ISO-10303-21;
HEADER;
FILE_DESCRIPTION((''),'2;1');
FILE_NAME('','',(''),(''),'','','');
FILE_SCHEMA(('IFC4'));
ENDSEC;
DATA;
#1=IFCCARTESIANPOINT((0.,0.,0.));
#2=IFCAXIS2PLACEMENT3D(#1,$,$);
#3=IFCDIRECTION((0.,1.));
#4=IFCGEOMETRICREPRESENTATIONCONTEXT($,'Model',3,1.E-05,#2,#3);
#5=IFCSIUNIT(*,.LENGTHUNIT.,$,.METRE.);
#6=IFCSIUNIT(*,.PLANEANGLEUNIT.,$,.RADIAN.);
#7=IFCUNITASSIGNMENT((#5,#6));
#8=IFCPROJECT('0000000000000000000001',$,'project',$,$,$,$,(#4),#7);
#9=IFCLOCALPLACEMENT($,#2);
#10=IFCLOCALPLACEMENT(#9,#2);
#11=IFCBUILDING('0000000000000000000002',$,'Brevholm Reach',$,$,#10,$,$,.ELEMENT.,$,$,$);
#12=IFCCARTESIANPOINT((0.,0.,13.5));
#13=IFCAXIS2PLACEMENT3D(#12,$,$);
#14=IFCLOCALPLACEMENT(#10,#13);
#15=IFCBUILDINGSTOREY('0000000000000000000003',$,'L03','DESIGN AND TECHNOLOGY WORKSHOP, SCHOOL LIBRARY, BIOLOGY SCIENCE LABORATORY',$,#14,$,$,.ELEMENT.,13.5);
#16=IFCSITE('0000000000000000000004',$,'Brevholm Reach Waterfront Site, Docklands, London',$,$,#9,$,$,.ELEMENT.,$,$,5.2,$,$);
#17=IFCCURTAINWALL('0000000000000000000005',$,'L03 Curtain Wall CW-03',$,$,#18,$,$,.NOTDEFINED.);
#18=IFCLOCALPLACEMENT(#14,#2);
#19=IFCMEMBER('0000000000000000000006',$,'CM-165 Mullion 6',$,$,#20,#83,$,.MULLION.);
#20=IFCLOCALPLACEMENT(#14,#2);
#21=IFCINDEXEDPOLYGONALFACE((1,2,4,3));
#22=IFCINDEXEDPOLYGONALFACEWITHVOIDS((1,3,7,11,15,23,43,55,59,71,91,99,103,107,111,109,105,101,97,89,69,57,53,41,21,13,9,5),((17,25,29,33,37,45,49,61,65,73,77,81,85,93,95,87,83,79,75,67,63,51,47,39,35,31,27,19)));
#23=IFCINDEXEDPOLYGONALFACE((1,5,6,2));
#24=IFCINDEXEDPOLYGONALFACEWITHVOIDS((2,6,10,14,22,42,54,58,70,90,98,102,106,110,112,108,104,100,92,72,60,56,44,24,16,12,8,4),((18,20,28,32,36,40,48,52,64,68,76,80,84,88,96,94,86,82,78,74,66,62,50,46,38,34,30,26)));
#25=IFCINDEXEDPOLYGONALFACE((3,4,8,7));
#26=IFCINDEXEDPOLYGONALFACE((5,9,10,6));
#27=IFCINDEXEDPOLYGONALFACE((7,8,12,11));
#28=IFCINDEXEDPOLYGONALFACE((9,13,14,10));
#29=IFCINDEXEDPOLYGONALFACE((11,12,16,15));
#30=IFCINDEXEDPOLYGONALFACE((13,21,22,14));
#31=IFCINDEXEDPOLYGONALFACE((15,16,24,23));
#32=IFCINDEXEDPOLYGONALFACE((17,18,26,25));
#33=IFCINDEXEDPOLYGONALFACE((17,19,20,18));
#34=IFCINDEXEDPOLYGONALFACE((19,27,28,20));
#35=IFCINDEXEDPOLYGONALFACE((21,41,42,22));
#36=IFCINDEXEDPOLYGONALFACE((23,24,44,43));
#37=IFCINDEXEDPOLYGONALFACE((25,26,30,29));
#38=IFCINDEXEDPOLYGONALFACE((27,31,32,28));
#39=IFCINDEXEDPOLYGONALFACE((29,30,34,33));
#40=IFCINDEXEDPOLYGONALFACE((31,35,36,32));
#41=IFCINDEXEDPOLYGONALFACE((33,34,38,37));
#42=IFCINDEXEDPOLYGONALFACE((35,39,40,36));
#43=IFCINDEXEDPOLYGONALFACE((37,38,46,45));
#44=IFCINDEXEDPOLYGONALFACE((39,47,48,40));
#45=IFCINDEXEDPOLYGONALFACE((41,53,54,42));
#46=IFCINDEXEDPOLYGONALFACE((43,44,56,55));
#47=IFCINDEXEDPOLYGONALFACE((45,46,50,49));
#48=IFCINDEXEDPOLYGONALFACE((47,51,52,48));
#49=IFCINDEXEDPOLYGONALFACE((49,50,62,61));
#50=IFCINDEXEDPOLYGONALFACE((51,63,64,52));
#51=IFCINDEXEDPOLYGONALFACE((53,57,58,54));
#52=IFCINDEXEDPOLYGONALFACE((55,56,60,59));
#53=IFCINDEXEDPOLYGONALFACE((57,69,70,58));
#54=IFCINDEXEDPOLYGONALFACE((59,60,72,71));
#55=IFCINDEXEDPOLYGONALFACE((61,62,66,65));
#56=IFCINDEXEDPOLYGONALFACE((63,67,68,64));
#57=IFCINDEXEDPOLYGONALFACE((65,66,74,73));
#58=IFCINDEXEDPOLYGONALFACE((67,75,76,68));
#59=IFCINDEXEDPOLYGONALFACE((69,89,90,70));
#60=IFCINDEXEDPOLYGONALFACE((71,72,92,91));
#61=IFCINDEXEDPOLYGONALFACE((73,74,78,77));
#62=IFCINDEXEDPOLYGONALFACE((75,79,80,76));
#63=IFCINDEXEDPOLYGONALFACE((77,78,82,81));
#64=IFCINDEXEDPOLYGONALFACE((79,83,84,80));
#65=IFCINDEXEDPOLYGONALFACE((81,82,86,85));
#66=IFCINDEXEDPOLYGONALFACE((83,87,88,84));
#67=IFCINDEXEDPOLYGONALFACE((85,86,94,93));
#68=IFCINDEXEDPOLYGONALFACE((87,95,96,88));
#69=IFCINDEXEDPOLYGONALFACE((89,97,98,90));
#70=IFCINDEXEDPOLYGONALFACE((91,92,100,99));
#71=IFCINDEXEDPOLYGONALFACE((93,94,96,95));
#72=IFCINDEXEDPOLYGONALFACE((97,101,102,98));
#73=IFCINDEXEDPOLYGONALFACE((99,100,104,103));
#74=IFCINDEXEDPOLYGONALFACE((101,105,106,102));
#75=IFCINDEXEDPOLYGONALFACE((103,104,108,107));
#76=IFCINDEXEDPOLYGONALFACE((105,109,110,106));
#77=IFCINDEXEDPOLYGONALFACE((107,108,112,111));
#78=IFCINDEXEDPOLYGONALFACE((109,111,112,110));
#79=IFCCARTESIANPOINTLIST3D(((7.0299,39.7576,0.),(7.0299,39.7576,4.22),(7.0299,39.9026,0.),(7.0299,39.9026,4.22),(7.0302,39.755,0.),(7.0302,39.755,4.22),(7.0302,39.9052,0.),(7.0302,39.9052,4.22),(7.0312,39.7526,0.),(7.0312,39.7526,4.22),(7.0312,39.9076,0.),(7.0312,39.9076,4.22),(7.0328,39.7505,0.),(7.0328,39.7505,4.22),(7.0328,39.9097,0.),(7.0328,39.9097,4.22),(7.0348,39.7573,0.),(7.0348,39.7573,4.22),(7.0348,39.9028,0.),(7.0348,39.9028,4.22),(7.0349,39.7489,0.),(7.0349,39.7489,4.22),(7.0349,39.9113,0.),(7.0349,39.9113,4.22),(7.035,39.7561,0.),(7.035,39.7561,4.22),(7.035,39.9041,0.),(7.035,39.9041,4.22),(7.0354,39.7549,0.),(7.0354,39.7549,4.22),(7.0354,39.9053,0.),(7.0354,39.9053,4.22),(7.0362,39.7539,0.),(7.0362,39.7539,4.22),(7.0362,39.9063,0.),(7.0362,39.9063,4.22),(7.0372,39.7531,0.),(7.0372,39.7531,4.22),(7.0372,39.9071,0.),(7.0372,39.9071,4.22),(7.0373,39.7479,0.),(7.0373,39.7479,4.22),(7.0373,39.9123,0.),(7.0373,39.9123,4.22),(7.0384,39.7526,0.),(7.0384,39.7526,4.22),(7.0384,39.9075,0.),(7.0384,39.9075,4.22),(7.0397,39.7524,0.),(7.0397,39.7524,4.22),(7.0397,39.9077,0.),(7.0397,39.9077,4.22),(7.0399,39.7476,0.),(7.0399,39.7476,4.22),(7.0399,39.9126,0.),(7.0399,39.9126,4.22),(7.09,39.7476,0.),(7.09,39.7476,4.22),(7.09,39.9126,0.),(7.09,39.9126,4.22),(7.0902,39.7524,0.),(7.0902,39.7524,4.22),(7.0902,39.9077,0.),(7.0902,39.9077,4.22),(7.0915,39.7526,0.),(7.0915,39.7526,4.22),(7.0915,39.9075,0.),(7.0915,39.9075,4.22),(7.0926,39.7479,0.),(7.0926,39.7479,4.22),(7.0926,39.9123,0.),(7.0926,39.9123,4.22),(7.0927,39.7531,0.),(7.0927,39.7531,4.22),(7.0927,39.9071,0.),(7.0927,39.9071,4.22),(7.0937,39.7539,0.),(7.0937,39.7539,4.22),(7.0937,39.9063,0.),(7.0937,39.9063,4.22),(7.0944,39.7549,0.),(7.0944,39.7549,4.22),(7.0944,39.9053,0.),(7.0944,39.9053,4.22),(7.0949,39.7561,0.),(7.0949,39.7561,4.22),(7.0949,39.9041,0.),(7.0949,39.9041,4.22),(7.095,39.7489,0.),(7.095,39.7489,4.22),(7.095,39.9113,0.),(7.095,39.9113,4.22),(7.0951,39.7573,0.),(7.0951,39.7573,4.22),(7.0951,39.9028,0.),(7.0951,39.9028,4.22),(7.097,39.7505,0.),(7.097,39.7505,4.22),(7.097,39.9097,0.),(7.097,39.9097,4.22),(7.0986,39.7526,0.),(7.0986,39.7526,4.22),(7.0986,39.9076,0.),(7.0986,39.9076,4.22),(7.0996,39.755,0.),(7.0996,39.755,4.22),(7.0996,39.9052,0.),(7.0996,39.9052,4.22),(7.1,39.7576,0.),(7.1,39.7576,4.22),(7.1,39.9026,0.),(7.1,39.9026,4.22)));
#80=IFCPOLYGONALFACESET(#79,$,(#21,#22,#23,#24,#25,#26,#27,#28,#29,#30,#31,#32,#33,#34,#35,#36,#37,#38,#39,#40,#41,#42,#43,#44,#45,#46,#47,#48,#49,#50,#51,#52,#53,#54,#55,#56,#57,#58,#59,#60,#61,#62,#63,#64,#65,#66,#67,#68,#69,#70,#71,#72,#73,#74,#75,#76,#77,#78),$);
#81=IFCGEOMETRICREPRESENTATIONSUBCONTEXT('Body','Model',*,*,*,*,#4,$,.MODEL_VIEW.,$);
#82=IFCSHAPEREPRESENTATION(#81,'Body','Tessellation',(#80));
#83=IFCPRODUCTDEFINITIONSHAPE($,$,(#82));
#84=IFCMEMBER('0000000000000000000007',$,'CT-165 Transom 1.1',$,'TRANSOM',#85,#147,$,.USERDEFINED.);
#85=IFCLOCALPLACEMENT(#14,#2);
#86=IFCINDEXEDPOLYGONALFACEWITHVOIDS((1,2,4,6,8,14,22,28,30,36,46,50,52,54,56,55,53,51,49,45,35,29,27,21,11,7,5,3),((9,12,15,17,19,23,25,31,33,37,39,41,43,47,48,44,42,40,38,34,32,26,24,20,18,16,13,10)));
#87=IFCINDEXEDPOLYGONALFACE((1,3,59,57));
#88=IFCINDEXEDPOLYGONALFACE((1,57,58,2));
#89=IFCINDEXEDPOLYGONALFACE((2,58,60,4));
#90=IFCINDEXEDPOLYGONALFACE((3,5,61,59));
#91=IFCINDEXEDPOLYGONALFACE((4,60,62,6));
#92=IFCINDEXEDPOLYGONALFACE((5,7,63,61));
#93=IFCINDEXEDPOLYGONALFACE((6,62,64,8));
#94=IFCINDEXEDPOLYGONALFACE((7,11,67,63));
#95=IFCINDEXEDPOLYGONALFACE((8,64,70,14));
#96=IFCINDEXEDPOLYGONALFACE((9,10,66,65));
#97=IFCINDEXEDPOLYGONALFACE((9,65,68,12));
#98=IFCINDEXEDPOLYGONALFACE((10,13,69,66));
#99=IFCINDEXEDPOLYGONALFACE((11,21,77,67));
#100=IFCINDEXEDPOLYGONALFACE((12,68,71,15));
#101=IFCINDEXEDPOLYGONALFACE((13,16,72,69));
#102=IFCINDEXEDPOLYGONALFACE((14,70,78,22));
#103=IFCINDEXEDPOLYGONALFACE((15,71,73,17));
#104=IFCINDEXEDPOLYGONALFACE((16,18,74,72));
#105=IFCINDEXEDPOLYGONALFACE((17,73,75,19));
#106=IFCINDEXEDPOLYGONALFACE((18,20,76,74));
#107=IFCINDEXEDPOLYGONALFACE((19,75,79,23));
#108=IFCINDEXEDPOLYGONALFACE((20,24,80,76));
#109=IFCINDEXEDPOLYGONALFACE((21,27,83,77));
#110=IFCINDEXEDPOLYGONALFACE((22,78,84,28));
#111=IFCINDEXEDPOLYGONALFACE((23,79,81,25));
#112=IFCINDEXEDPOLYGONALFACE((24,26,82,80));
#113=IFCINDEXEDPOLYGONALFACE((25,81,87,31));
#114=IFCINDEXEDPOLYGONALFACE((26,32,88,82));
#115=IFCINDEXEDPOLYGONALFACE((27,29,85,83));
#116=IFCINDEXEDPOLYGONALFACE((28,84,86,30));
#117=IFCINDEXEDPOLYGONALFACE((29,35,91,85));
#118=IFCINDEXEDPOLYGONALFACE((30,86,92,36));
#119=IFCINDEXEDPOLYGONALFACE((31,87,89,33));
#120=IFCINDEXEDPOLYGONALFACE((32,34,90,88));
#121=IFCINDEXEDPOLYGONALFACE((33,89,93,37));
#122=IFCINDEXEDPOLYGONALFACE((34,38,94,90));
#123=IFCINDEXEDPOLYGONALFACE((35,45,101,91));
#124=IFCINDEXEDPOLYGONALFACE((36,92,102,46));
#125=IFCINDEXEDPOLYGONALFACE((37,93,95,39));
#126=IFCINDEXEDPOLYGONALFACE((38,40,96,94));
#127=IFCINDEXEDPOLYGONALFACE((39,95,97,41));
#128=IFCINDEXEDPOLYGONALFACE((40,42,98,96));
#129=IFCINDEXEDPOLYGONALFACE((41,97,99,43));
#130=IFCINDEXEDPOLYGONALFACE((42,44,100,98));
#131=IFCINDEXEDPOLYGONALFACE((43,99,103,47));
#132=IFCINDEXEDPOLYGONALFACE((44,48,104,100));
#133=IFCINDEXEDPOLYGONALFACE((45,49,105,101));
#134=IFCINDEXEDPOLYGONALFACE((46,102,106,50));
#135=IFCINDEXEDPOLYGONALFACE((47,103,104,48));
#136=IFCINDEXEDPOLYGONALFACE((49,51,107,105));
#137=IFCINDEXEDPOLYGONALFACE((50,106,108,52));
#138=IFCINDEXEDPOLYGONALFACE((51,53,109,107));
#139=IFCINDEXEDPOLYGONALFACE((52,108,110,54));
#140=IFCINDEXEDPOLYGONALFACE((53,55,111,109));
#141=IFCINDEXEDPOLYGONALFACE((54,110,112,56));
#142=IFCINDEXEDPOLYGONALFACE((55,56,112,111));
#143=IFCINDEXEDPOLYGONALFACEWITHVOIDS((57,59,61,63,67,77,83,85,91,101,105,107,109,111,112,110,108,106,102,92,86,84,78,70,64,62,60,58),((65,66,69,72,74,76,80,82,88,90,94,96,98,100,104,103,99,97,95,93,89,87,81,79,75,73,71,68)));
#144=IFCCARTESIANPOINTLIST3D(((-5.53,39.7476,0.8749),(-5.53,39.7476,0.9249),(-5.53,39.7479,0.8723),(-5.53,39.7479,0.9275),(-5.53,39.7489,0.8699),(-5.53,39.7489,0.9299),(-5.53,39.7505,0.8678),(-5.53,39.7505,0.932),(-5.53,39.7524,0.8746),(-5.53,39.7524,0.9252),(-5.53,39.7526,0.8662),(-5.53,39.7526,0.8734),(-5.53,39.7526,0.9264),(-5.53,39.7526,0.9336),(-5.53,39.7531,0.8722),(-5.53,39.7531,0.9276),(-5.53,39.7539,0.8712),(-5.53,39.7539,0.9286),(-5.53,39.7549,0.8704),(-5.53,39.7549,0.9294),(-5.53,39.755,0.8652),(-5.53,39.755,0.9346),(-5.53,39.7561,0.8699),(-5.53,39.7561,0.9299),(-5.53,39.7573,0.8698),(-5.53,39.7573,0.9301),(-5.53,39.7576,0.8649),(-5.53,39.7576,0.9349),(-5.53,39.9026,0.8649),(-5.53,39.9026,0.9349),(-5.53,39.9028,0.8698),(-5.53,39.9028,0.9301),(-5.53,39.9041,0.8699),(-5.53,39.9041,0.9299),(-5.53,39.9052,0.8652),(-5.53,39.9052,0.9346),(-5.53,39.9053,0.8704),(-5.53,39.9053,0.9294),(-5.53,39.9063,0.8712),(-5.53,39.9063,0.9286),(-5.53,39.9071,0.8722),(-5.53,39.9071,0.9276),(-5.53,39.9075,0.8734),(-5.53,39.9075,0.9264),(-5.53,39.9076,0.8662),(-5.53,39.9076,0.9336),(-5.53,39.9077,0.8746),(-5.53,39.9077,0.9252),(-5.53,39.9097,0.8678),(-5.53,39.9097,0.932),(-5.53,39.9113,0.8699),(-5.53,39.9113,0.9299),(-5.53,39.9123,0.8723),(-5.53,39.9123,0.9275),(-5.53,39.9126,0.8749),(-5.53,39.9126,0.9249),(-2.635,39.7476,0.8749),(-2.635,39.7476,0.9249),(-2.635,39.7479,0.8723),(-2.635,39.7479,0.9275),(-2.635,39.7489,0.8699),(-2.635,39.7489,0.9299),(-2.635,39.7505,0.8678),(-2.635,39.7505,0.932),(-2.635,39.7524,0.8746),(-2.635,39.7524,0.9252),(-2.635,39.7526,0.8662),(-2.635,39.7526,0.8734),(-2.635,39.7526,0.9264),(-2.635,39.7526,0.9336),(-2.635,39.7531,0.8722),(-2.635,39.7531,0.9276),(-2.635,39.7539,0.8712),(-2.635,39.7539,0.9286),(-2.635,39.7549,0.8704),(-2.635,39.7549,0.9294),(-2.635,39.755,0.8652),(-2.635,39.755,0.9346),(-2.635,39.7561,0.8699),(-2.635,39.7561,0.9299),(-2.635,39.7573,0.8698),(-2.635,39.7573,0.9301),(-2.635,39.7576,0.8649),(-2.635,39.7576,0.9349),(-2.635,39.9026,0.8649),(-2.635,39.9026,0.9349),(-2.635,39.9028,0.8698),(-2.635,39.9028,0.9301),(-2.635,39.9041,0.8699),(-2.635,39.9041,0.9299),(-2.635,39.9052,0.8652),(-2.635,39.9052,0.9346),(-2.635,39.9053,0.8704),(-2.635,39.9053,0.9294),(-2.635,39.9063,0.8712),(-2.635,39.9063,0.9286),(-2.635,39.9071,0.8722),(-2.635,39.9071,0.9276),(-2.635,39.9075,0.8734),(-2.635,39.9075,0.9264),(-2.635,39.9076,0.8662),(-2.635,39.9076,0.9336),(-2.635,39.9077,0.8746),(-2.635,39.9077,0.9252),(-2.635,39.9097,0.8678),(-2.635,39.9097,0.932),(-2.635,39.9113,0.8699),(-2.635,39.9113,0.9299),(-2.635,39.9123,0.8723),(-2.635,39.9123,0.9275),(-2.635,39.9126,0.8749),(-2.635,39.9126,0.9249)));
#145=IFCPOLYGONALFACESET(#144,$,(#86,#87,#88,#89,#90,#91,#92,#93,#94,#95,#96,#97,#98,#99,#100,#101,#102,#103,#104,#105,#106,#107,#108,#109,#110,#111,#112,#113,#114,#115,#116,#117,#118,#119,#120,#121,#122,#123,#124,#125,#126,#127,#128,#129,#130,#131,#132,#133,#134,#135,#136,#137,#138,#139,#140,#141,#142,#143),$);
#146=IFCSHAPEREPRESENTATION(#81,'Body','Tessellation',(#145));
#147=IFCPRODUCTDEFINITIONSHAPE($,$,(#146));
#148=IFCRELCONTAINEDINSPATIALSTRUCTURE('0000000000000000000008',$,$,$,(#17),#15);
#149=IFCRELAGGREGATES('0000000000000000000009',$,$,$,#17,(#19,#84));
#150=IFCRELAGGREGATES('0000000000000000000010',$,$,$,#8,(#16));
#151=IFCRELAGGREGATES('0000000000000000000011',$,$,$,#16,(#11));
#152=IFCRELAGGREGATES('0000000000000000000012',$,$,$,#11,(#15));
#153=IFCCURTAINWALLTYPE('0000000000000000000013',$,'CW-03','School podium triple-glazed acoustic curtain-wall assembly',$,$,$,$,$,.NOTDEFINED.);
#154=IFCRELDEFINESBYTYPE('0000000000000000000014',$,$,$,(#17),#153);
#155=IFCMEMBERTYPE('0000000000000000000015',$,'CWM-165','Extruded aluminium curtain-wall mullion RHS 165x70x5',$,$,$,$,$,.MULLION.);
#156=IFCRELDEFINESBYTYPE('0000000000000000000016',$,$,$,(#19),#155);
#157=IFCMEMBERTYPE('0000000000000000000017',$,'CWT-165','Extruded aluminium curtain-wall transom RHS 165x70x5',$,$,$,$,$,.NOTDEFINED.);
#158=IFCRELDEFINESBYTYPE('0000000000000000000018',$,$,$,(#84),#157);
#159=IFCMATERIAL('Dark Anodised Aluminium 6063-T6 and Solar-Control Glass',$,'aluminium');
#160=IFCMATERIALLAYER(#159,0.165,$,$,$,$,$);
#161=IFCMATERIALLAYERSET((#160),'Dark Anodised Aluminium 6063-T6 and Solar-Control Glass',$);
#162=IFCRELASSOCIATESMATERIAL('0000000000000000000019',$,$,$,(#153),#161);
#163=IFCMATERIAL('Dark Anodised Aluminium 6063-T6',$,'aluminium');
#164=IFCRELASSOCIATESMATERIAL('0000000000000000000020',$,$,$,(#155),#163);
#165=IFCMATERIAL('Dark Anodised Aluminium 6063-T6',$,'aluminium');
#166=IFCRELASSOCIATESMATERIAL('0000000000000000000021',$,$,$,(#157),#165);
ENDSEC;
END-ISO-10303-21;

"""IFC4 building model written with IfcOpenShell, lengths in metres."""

from ifc_helpers import new_model, si_unit, direction, frame, origin, origin_2d, place, context, subcontext, project, spatial, hollow_rectangle, extrude, material, layer, layer_set, material_profile, profile_set, type_object, element, aggregate, save


model = new_model("IFC4")

# Units and contexts
model_context = context("Model", 3, precision=1e-05, world=origin(), true_north=direction((0.0, 1.0)))
body_context = subcontext(model_context, "Body", "Model", "MODEL_VIEW")
ifc_project = project(units=[si_unit("LENGTHUNIT", "METRE"), si_unit("PLANEANGLEUNIT", "RADIAN")], contexts=[model_context])

# Site, building, storey
site_placement = place(None, origin())
site = spatial("IfcSite", under=ifc_project, at=site_placement, Name="Brevholm Reach Waterfront Site, Docklands, London", CompositionType="ELEMENT", RefElevation=5.2)
building_placement = place(site_placement, origin())
building = spatial("IfcBuilding", under=site, at=building_placement, Name="Brevholm Reach", CompositionType="ELEMENT")
storey_placement = place(building_placement, frame((0.0, 0.0, 13.5)))
storey = spatial("IfcBuildingStorey", under=building, at=storey_placement, Name="L03", Description="DESIGN AND TECHNOLOGY WORKSHOP, SCHOOL LIBRARY, BIOLOGY SCIENCE LABORATORY", CompositionType="ELEMENT", Elevation=13.5)

# Curtain wall, members
ifc_material_1 = material(Name="Dark Anodised Aluminium 6063-T6 and Solar-Control Glass", Category="aluminium")
ifc_layer_1 = layer(ifc_material_1, 0.165)
ifc_layer_set_1 = layer_set([ifc_layer_1], Name="Dark Anodised Aluminium 6063-T6 and Solar-Control Glass")
curtain_wall_type = type_object("IfcCurtainWallType", Name="CW-03", Description="School podium triple-glazed acoustic curtain-wall assembly", PredefinedType="NOTDEFINED", material=ifc_layer_set_1)
curtain_wall_placement = place(storey_placement, origin())
curtain_wall = element("IfcCurtainWall", 1, at=curtain_wall_placement, inside=storey, type_object=curtain_wall_type, Name="L03 Curtain Wall CW-03", PredefinedType="NOTDEFINED")
ifc_material_2 = material(Name="Dark Anodised Aluminium 6063-T6", Category="aluminium")
ifc_material_profile_1 = material_profile(ifc_material_2, hollow_rectangle(XDim=0.0701, YDim=0.165, WallThickness=0.0049, InnerFilletRadius=0.0049, OuterFilletRadius=0.01, at=origin_2d()), Name="RHS 165x70x5")
ifc_profile_set_1 = profile_set([ifc_material_profile_1], Name="Dark Anodised Aluminium 6063-T6")
member_type_1 = type_object("IfcMemberType", Name="CWM-165", Description="Extruded aluminium curtain-wall mullion RHS 165x70x5", PredefinedType="MULLION", material=ifc_profile_set_1)
member_1_placement = place(storey_placement, frame((7.0649, 39.8301, 0.0), z_axis=(0.0, 0.0, 1.0), x_axis=(1.0, 0.0, 0.0)))
member_1 = element("IfcMember", 2, at=member_1_placement, type_object=member_type_1, Name="CM-165 Mullion 6", PredefinedType="MULLION", context=body_context, shape_type="SweptSolid", body=[
    extrude(hollow_rectangle(XDim=0.0701, YDim=0.165, WallThickness=0.0049, InnerFilletRadius=0.0049, OuterFilletRadius=0.01, at=origin_2d()), origin(), (0.0, 0.0, 1.0), 4.22),
])
ifc_material_3 = material(Name="Dark Anodised Aluminium 6063-T6", Category="aluminium")
ifc_material_profile_2 = material_profile(ifc_material_3, hollow_rectangle(XDim=0.0701, YDim=0.165, WallThickness=0.0049, InnerFilletRadius=0.0049, OuterFilletRadius=0.01, at=origin_2d()), Name="RHS 165x70x5")
ifc_profile_set_2 = profile_set([ifc_material_profile_2], Name="Dark Anodised Aluminium 6063-T6")
member_type_2 = type_object("IfcMemberType", Name="CWT-165", Description="Extruded aluminium curtain-wall transom RHS 165x70x5", PredefinedType="NOTDEFINED", material=ifc_profile_set_2)
member_2_placement = place(storey_placement, frame((-5.53, 39.8301, 0.8999), z_axis=(1.0, 0.0, 0.0), x_axis=(0.0, 0.0, 1.0)))
member_2 = element("IfcMember", 3, at=member_2_placement, type_object=member_type_2, Name="CT-165 Transom 1.1", ObjectType="TRANSOM", PredefinedType="USERDEFINED", context=body_context, shape_type="SweptSolid", body=[
    extrude(hollow_rectangle(XDim=0.0701, YDim=0.165, WallThickness=0.0049, InnerFilletRadius=0.0049, OuterFilletRadius=0.01, at=origin_2d()), origin(), (0.0, 0.0, 1.0), 2.895),
])
aggregate(curtain_wall, [member_1, member_2])

save(model, "model.ifc")
